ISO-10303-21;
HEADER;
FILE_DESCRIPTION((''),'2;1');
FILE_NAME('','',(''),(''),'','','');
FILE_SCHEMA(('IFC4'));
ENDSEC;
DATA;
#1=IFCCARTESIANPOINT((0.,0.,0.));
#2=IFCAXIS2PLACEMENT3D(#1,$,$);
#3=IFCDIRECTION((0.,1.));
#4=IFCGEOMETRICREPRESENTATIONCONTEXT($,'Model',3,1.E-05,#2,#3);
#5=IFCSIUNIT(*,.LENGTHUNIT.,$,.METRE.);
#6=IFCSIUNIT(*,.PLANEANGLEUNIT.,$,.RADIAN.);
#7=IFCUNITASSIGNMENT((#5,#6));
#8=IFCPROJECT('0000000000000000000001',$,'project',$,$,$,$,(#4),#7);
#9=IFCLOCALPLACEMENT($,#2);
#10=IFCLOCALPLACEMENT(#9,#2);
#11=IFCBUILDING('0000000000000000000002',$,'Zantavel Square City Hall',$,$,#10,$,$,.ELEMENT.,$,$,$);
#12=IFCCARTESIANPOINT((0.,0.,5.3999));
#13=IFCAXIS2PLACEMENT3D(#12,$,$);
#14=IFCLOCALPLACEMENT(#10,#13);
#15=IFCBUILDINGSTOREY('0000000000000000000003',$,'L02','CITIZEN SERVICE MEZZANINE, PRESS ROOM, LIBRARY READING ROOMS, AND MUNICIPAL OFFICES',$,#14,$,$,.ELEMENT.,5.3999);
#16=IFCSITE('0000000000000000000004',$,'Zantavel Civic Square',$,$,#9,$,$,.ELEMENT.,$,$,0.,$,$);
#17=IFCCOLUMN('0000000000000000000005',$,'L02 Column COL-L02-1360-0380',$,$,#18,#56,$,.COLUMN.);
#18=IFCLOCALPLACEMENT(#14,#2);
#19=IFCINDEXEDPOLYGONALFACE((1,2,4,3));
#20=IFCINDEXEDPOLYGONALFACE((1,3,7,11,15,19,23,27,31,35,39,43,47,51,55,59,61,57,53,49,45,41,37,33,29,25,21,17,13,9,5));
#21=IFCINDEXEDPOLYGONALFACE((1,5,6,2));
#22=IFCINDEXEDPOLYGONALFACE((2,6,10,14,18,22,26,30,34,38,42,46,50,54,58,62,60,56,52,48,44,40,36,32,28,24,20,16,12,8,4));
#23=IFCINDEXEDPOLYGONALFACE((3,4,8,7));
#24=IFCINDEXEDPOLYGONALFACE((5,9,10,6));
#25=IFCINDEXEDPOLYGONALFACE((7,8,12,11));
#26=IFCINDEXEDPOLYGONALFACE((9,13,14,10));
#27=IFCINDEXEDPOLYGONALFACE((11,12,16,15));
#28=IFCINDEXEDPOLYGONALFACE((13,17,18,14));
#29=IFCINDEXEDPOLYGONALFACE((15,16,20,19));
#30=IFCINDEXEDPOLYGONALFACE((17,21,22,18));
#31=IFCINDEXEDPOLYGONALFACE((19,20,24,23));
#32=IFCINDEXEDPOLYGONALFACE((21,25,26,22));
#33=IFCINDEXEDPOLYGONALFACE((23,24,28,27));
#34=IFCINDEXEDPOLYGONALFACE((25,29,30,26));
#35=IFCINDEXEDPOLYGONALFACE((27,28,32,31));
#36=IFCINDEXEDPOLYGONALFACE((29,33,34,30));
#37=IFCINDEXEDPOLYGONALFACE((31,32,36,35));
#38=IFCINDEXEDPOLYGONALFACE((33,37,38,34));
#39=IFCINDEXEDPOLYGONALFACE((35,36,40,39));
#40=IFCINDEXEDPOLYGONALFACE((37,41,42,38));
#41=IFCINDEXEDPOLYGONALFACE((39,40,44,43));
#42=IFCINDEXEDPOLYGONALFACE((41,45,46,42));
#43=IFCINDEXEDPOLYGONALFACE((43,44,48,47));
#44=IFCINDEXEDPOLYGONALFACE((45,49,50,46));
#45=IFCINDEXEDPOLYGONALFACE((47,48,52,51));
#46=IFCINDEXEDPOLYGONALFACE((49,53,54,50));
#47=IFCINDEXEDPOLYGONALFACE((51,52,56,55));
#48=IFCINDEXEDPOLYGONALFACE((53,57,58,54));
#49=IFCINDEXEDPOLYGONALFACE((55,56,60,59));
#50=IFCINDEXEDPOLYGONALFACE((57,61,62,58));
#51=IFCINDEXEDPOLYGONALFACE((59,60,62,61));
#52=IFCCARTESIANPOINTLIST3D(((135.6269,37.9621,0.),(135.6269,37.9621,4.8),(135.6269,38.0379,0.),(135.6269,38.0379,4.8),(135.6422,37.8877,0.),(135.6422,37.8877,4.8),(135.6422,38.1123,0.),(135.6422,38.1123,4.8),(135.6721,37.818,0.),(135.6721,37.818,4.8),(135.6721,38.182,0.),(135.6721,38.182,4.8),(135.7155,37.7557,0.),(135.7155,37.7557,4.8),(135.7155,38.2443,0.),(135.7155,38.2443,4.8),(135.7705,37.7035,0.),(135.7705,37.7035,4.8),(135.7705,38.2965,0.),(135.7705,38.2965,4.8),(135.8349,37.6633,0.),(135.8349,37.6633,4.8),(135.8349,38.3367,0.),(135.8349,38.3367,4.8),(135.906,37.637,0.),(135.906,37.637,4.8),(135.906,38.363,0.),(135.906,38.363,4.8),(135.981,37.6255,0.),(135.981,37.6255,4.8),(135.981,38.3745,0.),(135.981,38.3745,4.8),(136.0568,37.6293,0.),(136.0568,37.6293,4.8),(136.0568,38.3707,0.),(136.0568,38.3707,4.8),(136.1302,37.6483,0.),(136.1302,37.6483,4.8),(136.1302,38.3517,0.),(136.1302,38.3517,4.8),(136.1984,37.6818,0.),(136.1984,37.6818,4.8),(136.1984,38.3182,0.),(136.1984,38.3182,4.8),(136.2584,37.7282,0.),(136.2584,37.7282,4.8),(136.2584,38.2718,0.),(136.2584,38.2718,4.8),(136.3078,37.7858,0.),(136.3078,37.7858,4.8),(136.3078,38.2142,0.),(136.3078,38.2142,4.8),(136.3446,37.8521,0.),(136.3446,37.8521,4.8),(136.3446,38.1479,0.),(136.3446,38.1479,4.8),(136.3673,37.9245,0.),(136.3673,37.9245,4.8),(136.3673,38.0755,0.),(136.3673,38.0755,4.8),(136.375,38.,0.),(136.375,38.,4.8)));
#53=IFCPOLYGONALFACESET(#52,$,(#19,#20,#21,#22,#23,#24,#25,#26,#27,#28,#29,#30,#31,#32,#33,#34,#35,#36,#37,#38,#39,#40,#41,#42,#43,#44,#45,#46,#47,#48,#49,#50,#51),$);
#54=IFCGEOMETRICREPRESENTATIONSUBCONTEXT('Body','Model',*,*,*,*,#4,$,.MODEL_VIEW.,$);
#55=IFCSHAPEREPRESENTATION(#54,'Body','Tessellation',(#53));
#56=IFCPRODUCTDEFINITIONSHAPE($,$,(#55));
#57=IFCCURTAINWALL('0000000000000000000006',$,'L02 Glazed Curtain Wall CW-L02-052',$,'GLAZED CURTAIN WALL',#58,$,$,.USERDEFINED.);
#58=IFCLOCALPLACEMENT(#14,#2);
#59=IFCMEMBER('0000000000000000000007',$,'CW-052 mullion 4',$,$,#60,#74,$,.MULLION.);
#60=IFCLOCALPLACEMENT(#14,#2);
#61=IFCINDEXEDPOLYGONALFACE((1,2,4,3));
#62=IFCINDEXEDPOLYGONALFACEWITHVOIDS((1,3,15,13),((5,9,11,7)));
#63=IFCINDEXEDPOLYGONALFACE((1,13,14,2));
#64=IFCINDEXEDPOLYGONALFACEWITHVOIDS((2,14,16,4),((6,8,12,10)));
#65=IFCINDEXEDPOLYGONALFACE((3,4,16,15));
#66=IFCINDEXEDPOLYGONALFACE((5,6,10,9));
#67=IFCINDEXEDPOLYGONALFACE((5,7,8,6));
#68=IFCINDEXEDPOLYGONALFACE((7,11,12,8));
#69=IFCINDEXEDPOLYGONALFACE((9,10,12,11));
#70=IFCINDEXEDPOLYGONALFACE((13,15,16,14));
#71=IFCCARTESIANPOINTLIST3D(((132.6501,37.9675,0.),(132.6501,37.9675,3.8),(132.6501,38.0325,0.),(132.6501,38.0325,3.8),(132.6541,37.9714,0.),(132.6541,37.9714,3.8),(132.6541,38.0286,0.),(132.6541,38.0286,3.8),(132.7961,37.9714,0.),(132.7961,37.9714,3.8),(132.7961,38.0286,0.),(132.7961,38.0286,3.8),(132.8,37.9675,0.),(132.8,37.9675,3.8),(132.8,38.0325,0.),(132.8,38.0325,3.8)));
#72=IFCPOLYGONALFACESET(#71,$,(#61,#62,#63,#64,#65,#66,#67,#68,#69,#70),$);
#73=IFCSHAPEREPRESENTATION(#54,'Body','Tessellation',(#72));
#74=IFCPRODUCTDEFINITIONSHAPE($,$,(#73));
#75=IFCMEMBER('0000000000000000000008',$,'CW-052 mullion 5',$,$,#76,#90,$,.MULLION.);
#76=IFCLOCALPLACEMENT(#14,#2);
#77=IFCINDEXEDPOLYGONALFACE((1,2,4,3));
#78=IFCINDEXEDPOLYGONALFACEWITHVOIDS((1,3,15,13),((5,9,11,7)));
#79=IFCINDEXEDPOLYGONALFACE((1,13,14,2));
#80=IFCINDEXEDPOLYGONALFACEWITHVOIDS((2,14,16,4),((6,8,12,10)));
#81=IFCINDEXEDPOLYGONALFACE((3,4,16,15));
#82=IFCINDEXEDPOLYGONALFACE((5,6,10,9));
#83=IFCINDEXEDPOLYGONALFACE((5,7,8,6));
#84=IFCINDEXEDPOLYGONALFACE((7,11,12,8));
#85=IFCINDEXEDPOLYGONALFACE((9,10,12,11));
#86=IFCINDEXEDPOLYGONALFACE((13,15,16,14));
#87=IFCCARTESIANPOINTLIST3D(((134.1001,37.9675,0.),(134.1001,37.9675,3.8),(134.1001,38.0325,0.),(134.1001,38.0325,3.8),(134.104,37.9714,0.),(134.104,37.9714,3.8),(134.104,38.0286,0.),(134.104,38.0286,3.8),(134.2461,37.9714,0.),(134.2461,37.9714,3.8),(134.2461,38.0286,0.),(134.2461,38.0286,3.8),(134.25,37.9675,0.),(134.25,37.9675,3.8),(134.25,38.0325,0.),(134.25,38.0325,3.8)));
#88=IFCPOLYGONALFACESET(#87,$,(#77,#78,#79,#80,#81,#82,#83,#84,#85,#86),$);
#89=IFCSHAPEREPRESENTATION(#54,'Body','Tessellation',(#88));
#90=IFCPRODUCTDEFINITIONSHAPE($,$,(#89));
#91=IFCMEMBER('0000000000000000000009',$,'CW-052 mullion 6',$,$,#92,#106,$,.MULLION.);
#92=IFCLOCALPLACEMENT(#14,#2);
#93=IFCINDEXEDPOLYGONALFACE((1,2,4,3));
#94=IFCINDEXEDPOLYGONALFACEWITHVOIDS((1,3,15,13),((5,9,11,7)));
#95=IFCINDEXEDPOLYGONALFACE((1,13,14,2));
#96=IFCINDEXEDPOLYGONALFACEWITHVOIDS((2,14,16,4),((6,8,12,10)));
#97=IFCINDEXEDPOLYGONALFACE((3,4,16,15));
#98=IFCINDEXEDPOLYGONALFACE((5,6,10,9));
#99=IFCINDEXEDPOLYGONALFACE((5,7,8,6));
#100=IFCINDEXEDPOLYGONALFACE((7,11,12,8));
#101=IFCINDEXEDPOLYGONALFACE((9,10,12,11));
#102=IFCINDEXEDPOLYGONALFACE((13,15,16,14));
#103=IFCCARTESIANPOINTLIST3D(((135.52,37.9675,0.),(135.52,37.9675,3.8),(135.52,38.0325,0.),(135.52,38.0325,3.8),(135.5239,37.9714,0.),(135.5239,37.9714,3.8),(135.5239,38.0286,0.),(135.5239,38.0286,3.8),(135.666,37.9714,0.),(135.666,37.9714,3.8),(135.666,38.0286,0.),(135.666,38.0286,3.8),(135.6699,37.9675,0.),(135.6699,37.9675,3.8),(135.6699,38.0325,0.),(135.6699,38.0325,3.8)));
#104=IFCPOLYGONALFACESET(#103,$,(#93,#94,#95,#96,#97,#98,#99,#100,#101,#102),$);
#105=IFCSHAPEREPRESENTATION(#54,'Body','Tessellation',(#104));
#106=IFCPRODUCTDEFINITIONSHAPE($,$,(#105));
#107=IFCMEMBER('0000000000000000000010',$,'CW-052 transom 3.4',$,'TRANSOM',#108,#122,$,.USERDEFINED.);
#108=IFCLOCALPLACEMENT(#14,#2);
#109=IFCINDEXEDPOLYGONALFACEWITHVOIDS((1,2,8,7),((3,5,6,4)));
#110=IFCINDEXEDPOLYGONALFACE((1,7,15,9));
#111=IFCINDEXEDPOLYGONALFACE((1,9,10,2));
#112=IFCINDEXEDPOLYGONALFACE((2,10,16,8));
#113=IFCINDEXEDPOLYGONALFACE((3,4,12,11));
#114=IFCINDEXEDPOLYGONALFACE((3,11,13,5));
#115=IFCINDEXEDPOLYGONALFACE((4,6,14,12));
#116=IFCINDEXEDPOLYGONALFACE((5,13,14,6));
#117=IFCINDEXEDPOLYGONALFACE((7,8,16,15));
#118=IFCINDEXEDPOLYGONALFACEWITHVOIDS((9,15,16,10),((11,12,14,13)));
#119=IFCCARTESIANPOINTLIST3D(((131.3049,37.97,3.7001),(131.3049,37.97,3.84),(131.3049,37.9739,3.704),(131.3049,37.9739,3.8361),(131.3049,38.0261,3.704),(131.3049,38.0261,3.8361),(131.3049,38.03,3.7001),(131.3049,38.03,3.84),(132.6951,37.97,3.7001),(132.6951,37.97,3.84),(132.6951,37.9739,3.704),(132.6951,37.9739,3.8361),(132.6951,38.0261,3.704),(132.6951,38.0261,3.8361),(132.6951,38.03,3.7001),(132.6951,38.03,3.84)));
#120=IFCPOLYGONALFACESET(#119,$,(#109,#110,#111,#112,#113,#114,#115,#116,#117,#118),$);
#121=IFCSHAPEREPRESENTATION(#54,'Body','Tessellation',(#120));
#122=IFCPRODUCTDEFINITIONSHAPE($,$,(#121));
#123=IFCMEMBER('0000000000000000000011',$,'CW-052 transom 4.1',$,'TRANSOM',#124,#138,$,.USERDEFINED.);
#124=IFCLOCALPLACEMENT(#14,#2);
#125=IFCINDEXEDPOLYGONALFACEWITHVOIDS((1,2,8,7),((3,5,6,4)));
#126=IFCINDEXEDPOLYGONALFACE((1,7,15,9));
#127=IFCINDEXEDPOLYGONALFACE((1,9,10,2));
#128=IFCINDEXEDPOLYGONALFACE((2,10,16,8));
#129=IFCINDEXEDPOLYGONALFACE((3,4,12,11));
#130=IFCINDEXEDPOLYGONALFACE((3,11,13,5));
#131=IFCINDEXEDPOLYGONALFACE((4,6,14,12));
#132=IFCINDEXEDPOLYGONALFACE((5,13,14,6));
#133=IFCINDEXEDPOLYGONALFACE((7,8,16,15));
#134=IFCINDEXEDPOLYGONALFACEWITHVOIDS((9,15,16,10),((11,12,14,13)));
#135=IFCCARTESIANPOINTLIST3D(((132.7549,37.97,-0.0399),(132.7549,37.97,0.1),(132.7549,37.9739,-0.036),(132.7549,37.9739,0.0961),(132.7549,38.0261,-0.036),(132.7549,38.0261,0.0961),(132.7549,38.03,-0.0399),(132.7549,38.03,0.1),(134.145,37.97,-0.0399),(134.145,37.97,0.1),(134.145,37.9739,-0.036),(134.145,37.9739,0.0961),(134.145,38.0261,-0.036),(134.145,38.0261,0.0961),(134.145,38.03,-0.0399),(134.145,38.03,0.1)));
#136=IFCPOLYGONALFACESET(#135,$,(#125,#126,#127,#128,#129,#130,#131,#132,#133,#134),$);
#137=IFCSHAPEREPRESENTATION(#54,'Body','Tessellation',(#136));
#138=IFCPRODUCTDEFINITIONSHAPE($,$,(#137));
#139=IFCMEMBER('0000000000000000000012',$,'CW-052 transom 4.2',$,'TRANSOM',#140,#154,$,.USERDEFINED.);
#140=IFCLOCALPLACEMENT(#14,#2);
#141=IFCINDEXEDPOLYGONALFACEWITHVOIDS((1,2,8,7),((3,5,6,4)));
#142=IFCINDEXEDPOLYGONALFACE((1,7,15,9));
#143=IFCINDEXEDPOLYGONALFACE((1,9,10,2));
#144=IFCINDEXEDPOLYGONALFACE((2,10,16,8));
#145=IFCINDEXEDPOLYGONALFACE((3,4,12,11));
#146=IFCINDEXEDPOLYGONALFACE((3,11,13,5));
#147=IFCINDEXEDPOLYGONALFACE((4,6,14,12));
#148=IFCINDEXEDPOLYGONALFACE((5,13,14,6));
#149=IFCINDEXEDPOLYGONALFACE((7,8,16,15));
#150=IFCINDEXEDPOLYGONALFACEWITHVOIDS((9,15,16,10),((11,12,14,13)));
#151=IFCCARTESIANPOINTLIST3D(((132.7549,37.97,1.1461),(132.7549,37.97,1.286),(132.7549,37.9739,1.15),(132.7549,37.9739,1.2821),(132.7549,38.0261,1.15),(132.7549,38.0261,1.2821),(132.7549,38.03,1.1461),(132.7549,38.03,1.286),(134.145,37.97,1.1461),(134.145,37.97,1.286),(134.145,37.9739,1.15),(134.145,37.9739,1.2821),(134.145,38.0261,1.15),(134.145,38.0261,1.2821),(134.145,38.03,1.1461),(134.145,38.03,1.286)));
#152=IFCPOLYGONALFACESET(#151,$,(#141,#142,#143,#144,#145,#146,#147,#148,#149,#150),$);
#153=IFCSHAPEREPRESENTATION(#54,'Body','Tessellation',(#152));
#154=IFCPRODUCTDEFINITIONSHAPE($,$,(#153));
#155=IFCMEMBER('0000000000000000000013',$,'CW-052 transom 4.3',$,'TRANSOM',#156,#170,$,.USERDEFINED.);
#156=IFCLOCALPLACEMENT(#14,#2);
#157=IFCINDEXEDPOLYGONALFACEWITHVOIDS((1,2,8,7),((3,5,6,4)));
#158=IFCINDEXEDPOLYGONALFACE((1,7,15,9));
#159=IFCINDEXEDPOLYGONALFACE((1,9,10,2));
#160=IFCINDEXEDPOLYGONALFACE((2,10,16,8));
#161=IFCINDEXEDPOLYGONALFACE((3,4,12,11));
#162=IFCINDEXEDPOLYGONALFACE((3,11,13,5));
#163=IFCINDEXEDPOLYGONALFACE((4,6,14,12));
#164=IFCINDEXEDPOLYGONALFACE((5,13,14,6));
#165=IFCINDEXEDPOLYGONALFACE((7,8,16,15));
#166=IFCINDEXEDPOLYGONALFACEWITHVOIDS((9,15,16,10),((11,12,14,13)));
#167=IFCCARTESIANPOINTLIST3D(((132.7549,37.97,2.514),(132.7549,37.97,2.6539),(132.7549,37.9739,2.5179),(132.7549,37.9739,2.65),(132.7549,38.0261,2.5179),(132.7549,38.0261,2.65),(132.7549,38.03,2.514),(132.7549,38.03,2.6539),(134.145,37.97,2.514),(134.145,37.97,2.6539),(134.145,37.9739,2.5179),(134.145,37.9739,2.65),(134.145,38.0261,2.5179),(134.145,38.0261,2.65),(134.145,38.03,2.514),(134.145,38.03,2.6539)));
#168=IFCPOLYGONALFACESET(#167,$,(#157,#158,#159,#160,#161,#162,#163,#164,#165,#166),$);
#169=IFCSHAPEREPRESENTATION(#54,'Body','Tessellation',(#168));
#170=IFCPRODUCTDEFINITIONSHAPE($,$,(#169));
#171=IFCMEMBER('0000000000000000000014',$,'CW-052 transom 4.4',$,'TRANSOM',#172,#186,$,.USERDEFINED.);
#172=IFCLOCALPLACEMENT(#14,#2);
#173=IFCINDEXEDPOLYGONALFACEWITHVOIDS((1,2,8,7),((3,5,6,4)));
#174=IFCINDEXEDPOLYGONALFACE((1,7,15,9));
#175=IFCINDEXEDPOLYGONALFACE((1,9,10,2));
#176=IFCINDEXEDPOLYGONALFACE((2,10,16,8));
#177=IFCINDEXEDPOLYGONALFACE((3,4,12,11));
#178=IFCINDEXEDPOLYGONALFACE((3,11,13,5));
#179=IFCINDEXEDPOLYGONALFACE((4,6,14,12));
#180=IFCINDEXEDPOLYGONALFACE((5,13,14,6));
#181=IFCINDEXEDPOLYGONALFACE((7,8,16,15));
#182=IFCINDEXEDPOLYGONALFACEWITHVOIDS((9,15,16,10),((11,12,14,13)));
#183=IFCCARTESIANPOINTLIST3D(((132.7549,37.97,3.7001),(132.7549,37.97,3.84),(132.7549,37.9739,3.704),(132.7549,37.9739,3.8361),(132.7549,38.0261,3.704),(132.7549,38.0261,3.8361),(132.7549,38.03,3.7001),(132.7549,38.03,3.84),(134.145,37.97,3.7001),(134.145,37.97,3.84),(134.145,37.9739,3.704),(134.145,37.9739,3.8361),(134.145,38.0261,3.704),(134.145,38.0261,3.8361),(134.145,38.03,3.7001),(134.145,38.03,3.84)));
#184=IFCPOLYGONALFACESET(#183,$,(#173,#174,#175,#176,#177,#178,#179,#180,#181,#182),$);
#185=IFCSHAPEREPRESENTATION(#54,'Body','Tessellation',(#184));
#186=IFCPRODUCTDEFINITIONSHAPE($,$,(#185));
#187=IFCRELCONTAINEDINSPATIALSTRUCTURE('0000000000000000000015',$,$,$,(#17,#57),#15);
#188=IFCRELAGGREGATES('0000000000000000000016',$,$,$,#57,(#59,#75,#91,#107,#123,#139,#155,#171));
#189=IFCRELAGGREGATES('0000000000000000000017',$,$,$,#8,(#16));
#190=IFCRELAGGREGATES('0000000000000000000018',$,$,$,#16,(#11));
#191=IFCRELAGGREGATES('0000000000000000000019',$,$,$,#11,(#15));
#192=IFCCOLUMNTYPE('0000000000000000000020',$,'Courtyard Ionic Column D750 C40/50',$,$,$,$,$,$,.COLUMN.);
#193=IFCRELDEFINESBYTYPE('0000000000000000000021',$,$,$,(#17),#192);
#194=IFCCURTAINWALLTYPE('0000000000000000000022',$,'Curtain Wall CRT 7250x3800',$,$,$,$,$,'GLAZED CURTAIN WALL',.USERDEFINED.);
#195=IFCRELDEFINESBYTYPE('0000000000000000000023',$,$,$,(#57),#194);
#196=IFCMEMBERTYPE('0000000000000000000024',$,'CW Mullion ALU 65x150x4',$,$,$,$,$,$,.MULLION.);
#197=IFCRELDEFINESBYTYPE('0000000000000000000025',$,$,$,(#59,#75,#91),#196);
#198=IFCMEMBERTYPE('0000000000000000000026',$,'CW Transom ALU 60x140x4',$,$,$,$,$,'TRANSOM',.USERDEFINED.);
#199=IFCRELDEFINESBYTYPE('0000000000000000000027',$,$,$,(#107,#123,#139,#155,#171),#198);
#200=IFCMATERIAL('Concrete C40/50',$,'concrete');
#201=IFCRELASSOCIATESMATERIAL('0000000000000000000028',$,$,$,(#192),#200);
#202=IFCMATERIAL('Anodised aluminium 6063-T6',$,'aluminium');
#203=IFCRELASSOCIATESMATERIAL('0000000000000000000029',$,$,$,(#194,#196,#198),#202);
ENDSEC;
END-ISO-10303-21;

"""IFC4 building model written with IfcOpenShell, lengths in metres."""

from ifc_helpers import new_model, si_unit, direction, frame, origin, origin_2d, place, context, subcontext, project, spatial, hollow_rectangle, circle, extrude, material, material_profile, profile_set, type_object, element, aggregate, save


model = new_model("IFC4")

# Units and contexts
model_context = context("Model", 3, precision=1e-05, world=origin(), true_north=direction((0.0, 1.0)))
body_context = subcontext(model_context, "Body", "Model", "MODEL_VIEW")
ifc_project = project(units=[si_unit("LENGTHUNIT", "METRE"), si_unit("PLANEANGLEUNIT", "RADIAN")], contexts=[model_context])

# Site, building, storey
site_placement = place(None, origin())
site = spatial("IfcSite", under=ifc_project, at=site_placement, Name="Zantavel Civic Square", CompositionType="ELEMENT", RefElevation=0.0)
building_placement = place(site_placement, origin())
building = spatial("IfcBuilding", under=site, at=building_placement, Name="Zantavel Square City Hall", CompositionType="ELEMENT")
storey_placement = place(building_placement, frame((0.0, 0.0, 5.3999)))
storey = spatial("IfcBuildingStorey", under=building, at=storey_placement, Name="L02", Description="CITIZEN SERVICE MEZZANINE, PRESS ROOM, LIBRARY READING ROOMS, AND MUNICIPAL OFFICES", CompositionType="ELEMENT", Elevation=5.3999)

# Column
ifc_material_1 = material(Name="Concrete C40/50", Category="concrete")
ifc_material_profile_1 = material_profile(ifc_material_1, circle(Radius=0.375, at=origin_2d()), Name="ROUND D750")
ifc_profile_set_1 = profile_set([ifc_material_profile_1], Name="Concrete C40/50")
column_type = type_object("IfcColumnType", Name="Courtyard Ionic Column D750 C40/50", PredefinedType="COLUMN", material=ifc_profile_set_1)
column_placement = place(storey_placement, frame((136.0, 38.0, 0.0), z_axis=(0.0, 0.0, 1.0), x_axis=(1.0, 0.0, 0.0)))
element("IfcColumn", 1, at=column_placement, inside=storey, type_object=column_type, Name="L02 Column COL-L02-1360-0380", PredefinedType="COLUMN", context=body_context, shape_type="SweptSolid", body=[
    extrude(circle(Radius=0.375, at=origin_2d()), origin(), (0.0, 0.0, 1.0), 4.8),
])

# Curtain wall, members
ifc_material_2 = material(Name="Anodised aluminium 6063-T6", Category="aluminium")
curtain_wall_type = type_object("IfcCurtainWallType", Name="Curtain Wall CRT 7250x3800", ElementType="GLAZED CURTAIN WALL", PredefinedType="USERDEFINED", material=ifc_material_2)
curtain_wall_placement = place(storey_placement, origin())
curtain_wall = element("IfcCurtainWall", 2, at=curtain_wall_placement, inside=storey, type_object=curtain_wall_type, Name="L02 Glazed Curtain Wall CW-L02-052", ObjectType="GLAZED CURTAIN WALL", PredefinedType="USERDEFINED")
ifc_material_profile_2 = material_profile(ifc_material_2, hollow_rectangle(XDim=0.0649, YDim=0.1499, WallThickness=0.0039, at=origin_2d()), Name="ALU 65x150x4")
ifc_profile_set_2 = profile_set([ifc_material_profile_2], Name="Anodised aluminium 6063-T6")
member_type_1 = type_object("IfcMemberType", Name="CW Mullion ALU 65x150x4", PredefinedType="MULLION", material=ifc_profile_set_2)
member_1_placement = place(storey_placement, frame((132.7251, 38.0, 0.0), z_axis=(0.0, 0.0, 1.0), x_axis=(0.0, 1.0, 0.0)))
member_1 = element("IfcMember", 3, at=member_1_placement, type_object=member_type_1, Name="CW-052 mullion 4", PredefinedType="MULLION", context=body_context, shape_type="SweptSolid", body=[
    extrude(hollow_rectangle(XDim=0.0649, YDim=0.1499, WallThickness=0.0039, at=origin_2d()), origin(), (0.0, 0.0, 1.0), 3.8),
])
member_2_placement = place(storey_placement, frame((134.175, 38.0, 0.0), z_axis=(0.0, 0.0, 1.0), x_axis=(0.0, 1.0, 0.0)))
member_2 = element("IfcMember", 4, at=member_2_placement, type_object=member_type_1, Name="CW-052 mullion 5", PredefinedType="MULLION", context=body_context, shape_type="SweptSolid", body=[
    extrude(hollow_rectangle(XDim=0.0649, YDim=0.1499, WallThickness=0.0039, at=origin_2d()), origin(), (0.0, 0.0, 1.0), 3.8),
])
member_3_placement = place(storey_placement, frame((135.595, 38.0, 0.0), z_axis=(0.0, 0.0, 1.0), x_axis=(0.0, 1.0, 0.0)))
member_3 = element("IfcMember", 5, at=member_3_placement, type_object=member_type_1, Name="CW-052 mullion 6", PredefinedType="MULLION", context=body_context, shape_type="SweptSolid", body=[
    extrude(hollow_rectangle(XDim=0.0649, YDim=0.1499, WallThickness=0.0039, at=origin_2d()), origin(), (0.0, 0.0, 1.0), 3.8),
])
ifc_material_profile_3 = material_profile(ifc_material_2, hollow_rectangle(XDim=0.0601, YDim=0.1399, WallThickness=0.0039, at=origin_2d()), Name="ALU 60x140x4")
ifc_profile_set_3 = profile_set([ifc_material_profile_3], Name="Anodised aluminium 6063-T6")
member_type_2 = type_object("IfcMemberType", Name="CW Transom ALU 60x140x4", ElementType="TRANSOM", PredefinedType="USERDEFINED", material=ifc_profile_set_3)
member_4_placement = place(storey_placement, frame((131.3049, 38.0, 3.77), z_axis=(1.0, 0.0, 0.0), x_axis=(0.0, 1.0, 0.0)))
member_4 = element("IfcMember", 6, at=member_4_placement, type_object=member_type_2, Name="CW-052 transom 3.4", ObjectType="TRANSOM", PredefinedType="USERDEFINED", context=body_context, shape_type="SweptSolid", body=[
    extrude(hollow_rectangle(XDim=0.0601, YDim=0.1399, WallThickness=0.0039, at=origin_2d()), origin(), (0.0, 0.0, 1.0), 1.3901),
])
member_5_placement = place(storey_placement, frame((132.7549, 38.0, 0.03), z_axis=(1.0, 0.0, 0.0), x_axis=(0.0, 1.0, 0.0)))
member_5 = element("IfcMember", 7, at=member_5_placement, type_object=member_type_2, Name="CW-052 transom 4.1", ObjectType="TRANSOM", PredefinedType="USERDEFINED", context=body_context, shape_type="SweptSolid", body=[
    extrude(hollow_rectangle(XDim=0.0601, YDim=0.1399, WallThickness=0.0039, at=origin_2d()), origin(), (0.0, 0.0, 1.0), 1.3901),
])
member_6_placement = place(storey_placement, frame((132.7549, 38.0, 1.2161), z_axis=(1.0, 0.0, 0.0), x_axis=(0.0, 1.0, 0.0)))
member_6 = element("IfcMember", 8, at=member_6_placement, type_object=member_type_2, Name="CW-052 transom 4.2", ObjectType="TRANSOM", PredefinedType="USERDEFINED", context=body_context, shape_type="SweptSolid", body=[
    extrude(hollow_rectangle(XDim=0.0601, YDim=0.1399, WallThickness=0.0039, at=origin_2d()), origin(), (0.0, 0.0, 1.0), 1.3901),
])
member_7_placement = place(storey_placement, frame((132.7549, 38.0, 2.584), z_axis=(1.0, 0.0, 0.0), x_axis=(0.0, 1.0, 0.0)))
member_7 = element("IfcMember", 9, at=member_7_placement, type_object=member_type_2, Name="CW-052 transom 4.3", ObjectType="TRANSOM", PredefinedType="USERDEFINED", context=body_context, shape_type="SweptSolid", body=[
    extrude(hollow_rectangle(XDim=0.0601, YDim=0.1399, WallThickness=0.0039, at=origin_2d()), origin(), (0.0, 0.0, 1.0), 1.3901),
])
member_8_placement = place(storey_placement, frame((132.7549, 38.0, 3.77), z_axis=(1.0, 0.0, 0.0), x_axis=(0.0, 1.0, 0.0)))
member_8 = element("IfcMember", 10, at=member_8_placement, type_object=member_type_2, Name="CW-052 transom 4.4", ObjectType="TRANSOM", PredefinedType="USERDEFINED", context=body_context, shape_type="SweptSolid", body=[
    extrude(hollow_rectangle(XDim=0.0601, YDim=0.1399, WallThickness=0.0039, at=origin_2d()), origin(), (0.0, 0.0, 1.0), 1.3901),
])
aggregate(curtain_wall, [member_1, member_2, member_3, member_4, member_5, member_6, member_7, member_8])

save(model, "model.ifc")
